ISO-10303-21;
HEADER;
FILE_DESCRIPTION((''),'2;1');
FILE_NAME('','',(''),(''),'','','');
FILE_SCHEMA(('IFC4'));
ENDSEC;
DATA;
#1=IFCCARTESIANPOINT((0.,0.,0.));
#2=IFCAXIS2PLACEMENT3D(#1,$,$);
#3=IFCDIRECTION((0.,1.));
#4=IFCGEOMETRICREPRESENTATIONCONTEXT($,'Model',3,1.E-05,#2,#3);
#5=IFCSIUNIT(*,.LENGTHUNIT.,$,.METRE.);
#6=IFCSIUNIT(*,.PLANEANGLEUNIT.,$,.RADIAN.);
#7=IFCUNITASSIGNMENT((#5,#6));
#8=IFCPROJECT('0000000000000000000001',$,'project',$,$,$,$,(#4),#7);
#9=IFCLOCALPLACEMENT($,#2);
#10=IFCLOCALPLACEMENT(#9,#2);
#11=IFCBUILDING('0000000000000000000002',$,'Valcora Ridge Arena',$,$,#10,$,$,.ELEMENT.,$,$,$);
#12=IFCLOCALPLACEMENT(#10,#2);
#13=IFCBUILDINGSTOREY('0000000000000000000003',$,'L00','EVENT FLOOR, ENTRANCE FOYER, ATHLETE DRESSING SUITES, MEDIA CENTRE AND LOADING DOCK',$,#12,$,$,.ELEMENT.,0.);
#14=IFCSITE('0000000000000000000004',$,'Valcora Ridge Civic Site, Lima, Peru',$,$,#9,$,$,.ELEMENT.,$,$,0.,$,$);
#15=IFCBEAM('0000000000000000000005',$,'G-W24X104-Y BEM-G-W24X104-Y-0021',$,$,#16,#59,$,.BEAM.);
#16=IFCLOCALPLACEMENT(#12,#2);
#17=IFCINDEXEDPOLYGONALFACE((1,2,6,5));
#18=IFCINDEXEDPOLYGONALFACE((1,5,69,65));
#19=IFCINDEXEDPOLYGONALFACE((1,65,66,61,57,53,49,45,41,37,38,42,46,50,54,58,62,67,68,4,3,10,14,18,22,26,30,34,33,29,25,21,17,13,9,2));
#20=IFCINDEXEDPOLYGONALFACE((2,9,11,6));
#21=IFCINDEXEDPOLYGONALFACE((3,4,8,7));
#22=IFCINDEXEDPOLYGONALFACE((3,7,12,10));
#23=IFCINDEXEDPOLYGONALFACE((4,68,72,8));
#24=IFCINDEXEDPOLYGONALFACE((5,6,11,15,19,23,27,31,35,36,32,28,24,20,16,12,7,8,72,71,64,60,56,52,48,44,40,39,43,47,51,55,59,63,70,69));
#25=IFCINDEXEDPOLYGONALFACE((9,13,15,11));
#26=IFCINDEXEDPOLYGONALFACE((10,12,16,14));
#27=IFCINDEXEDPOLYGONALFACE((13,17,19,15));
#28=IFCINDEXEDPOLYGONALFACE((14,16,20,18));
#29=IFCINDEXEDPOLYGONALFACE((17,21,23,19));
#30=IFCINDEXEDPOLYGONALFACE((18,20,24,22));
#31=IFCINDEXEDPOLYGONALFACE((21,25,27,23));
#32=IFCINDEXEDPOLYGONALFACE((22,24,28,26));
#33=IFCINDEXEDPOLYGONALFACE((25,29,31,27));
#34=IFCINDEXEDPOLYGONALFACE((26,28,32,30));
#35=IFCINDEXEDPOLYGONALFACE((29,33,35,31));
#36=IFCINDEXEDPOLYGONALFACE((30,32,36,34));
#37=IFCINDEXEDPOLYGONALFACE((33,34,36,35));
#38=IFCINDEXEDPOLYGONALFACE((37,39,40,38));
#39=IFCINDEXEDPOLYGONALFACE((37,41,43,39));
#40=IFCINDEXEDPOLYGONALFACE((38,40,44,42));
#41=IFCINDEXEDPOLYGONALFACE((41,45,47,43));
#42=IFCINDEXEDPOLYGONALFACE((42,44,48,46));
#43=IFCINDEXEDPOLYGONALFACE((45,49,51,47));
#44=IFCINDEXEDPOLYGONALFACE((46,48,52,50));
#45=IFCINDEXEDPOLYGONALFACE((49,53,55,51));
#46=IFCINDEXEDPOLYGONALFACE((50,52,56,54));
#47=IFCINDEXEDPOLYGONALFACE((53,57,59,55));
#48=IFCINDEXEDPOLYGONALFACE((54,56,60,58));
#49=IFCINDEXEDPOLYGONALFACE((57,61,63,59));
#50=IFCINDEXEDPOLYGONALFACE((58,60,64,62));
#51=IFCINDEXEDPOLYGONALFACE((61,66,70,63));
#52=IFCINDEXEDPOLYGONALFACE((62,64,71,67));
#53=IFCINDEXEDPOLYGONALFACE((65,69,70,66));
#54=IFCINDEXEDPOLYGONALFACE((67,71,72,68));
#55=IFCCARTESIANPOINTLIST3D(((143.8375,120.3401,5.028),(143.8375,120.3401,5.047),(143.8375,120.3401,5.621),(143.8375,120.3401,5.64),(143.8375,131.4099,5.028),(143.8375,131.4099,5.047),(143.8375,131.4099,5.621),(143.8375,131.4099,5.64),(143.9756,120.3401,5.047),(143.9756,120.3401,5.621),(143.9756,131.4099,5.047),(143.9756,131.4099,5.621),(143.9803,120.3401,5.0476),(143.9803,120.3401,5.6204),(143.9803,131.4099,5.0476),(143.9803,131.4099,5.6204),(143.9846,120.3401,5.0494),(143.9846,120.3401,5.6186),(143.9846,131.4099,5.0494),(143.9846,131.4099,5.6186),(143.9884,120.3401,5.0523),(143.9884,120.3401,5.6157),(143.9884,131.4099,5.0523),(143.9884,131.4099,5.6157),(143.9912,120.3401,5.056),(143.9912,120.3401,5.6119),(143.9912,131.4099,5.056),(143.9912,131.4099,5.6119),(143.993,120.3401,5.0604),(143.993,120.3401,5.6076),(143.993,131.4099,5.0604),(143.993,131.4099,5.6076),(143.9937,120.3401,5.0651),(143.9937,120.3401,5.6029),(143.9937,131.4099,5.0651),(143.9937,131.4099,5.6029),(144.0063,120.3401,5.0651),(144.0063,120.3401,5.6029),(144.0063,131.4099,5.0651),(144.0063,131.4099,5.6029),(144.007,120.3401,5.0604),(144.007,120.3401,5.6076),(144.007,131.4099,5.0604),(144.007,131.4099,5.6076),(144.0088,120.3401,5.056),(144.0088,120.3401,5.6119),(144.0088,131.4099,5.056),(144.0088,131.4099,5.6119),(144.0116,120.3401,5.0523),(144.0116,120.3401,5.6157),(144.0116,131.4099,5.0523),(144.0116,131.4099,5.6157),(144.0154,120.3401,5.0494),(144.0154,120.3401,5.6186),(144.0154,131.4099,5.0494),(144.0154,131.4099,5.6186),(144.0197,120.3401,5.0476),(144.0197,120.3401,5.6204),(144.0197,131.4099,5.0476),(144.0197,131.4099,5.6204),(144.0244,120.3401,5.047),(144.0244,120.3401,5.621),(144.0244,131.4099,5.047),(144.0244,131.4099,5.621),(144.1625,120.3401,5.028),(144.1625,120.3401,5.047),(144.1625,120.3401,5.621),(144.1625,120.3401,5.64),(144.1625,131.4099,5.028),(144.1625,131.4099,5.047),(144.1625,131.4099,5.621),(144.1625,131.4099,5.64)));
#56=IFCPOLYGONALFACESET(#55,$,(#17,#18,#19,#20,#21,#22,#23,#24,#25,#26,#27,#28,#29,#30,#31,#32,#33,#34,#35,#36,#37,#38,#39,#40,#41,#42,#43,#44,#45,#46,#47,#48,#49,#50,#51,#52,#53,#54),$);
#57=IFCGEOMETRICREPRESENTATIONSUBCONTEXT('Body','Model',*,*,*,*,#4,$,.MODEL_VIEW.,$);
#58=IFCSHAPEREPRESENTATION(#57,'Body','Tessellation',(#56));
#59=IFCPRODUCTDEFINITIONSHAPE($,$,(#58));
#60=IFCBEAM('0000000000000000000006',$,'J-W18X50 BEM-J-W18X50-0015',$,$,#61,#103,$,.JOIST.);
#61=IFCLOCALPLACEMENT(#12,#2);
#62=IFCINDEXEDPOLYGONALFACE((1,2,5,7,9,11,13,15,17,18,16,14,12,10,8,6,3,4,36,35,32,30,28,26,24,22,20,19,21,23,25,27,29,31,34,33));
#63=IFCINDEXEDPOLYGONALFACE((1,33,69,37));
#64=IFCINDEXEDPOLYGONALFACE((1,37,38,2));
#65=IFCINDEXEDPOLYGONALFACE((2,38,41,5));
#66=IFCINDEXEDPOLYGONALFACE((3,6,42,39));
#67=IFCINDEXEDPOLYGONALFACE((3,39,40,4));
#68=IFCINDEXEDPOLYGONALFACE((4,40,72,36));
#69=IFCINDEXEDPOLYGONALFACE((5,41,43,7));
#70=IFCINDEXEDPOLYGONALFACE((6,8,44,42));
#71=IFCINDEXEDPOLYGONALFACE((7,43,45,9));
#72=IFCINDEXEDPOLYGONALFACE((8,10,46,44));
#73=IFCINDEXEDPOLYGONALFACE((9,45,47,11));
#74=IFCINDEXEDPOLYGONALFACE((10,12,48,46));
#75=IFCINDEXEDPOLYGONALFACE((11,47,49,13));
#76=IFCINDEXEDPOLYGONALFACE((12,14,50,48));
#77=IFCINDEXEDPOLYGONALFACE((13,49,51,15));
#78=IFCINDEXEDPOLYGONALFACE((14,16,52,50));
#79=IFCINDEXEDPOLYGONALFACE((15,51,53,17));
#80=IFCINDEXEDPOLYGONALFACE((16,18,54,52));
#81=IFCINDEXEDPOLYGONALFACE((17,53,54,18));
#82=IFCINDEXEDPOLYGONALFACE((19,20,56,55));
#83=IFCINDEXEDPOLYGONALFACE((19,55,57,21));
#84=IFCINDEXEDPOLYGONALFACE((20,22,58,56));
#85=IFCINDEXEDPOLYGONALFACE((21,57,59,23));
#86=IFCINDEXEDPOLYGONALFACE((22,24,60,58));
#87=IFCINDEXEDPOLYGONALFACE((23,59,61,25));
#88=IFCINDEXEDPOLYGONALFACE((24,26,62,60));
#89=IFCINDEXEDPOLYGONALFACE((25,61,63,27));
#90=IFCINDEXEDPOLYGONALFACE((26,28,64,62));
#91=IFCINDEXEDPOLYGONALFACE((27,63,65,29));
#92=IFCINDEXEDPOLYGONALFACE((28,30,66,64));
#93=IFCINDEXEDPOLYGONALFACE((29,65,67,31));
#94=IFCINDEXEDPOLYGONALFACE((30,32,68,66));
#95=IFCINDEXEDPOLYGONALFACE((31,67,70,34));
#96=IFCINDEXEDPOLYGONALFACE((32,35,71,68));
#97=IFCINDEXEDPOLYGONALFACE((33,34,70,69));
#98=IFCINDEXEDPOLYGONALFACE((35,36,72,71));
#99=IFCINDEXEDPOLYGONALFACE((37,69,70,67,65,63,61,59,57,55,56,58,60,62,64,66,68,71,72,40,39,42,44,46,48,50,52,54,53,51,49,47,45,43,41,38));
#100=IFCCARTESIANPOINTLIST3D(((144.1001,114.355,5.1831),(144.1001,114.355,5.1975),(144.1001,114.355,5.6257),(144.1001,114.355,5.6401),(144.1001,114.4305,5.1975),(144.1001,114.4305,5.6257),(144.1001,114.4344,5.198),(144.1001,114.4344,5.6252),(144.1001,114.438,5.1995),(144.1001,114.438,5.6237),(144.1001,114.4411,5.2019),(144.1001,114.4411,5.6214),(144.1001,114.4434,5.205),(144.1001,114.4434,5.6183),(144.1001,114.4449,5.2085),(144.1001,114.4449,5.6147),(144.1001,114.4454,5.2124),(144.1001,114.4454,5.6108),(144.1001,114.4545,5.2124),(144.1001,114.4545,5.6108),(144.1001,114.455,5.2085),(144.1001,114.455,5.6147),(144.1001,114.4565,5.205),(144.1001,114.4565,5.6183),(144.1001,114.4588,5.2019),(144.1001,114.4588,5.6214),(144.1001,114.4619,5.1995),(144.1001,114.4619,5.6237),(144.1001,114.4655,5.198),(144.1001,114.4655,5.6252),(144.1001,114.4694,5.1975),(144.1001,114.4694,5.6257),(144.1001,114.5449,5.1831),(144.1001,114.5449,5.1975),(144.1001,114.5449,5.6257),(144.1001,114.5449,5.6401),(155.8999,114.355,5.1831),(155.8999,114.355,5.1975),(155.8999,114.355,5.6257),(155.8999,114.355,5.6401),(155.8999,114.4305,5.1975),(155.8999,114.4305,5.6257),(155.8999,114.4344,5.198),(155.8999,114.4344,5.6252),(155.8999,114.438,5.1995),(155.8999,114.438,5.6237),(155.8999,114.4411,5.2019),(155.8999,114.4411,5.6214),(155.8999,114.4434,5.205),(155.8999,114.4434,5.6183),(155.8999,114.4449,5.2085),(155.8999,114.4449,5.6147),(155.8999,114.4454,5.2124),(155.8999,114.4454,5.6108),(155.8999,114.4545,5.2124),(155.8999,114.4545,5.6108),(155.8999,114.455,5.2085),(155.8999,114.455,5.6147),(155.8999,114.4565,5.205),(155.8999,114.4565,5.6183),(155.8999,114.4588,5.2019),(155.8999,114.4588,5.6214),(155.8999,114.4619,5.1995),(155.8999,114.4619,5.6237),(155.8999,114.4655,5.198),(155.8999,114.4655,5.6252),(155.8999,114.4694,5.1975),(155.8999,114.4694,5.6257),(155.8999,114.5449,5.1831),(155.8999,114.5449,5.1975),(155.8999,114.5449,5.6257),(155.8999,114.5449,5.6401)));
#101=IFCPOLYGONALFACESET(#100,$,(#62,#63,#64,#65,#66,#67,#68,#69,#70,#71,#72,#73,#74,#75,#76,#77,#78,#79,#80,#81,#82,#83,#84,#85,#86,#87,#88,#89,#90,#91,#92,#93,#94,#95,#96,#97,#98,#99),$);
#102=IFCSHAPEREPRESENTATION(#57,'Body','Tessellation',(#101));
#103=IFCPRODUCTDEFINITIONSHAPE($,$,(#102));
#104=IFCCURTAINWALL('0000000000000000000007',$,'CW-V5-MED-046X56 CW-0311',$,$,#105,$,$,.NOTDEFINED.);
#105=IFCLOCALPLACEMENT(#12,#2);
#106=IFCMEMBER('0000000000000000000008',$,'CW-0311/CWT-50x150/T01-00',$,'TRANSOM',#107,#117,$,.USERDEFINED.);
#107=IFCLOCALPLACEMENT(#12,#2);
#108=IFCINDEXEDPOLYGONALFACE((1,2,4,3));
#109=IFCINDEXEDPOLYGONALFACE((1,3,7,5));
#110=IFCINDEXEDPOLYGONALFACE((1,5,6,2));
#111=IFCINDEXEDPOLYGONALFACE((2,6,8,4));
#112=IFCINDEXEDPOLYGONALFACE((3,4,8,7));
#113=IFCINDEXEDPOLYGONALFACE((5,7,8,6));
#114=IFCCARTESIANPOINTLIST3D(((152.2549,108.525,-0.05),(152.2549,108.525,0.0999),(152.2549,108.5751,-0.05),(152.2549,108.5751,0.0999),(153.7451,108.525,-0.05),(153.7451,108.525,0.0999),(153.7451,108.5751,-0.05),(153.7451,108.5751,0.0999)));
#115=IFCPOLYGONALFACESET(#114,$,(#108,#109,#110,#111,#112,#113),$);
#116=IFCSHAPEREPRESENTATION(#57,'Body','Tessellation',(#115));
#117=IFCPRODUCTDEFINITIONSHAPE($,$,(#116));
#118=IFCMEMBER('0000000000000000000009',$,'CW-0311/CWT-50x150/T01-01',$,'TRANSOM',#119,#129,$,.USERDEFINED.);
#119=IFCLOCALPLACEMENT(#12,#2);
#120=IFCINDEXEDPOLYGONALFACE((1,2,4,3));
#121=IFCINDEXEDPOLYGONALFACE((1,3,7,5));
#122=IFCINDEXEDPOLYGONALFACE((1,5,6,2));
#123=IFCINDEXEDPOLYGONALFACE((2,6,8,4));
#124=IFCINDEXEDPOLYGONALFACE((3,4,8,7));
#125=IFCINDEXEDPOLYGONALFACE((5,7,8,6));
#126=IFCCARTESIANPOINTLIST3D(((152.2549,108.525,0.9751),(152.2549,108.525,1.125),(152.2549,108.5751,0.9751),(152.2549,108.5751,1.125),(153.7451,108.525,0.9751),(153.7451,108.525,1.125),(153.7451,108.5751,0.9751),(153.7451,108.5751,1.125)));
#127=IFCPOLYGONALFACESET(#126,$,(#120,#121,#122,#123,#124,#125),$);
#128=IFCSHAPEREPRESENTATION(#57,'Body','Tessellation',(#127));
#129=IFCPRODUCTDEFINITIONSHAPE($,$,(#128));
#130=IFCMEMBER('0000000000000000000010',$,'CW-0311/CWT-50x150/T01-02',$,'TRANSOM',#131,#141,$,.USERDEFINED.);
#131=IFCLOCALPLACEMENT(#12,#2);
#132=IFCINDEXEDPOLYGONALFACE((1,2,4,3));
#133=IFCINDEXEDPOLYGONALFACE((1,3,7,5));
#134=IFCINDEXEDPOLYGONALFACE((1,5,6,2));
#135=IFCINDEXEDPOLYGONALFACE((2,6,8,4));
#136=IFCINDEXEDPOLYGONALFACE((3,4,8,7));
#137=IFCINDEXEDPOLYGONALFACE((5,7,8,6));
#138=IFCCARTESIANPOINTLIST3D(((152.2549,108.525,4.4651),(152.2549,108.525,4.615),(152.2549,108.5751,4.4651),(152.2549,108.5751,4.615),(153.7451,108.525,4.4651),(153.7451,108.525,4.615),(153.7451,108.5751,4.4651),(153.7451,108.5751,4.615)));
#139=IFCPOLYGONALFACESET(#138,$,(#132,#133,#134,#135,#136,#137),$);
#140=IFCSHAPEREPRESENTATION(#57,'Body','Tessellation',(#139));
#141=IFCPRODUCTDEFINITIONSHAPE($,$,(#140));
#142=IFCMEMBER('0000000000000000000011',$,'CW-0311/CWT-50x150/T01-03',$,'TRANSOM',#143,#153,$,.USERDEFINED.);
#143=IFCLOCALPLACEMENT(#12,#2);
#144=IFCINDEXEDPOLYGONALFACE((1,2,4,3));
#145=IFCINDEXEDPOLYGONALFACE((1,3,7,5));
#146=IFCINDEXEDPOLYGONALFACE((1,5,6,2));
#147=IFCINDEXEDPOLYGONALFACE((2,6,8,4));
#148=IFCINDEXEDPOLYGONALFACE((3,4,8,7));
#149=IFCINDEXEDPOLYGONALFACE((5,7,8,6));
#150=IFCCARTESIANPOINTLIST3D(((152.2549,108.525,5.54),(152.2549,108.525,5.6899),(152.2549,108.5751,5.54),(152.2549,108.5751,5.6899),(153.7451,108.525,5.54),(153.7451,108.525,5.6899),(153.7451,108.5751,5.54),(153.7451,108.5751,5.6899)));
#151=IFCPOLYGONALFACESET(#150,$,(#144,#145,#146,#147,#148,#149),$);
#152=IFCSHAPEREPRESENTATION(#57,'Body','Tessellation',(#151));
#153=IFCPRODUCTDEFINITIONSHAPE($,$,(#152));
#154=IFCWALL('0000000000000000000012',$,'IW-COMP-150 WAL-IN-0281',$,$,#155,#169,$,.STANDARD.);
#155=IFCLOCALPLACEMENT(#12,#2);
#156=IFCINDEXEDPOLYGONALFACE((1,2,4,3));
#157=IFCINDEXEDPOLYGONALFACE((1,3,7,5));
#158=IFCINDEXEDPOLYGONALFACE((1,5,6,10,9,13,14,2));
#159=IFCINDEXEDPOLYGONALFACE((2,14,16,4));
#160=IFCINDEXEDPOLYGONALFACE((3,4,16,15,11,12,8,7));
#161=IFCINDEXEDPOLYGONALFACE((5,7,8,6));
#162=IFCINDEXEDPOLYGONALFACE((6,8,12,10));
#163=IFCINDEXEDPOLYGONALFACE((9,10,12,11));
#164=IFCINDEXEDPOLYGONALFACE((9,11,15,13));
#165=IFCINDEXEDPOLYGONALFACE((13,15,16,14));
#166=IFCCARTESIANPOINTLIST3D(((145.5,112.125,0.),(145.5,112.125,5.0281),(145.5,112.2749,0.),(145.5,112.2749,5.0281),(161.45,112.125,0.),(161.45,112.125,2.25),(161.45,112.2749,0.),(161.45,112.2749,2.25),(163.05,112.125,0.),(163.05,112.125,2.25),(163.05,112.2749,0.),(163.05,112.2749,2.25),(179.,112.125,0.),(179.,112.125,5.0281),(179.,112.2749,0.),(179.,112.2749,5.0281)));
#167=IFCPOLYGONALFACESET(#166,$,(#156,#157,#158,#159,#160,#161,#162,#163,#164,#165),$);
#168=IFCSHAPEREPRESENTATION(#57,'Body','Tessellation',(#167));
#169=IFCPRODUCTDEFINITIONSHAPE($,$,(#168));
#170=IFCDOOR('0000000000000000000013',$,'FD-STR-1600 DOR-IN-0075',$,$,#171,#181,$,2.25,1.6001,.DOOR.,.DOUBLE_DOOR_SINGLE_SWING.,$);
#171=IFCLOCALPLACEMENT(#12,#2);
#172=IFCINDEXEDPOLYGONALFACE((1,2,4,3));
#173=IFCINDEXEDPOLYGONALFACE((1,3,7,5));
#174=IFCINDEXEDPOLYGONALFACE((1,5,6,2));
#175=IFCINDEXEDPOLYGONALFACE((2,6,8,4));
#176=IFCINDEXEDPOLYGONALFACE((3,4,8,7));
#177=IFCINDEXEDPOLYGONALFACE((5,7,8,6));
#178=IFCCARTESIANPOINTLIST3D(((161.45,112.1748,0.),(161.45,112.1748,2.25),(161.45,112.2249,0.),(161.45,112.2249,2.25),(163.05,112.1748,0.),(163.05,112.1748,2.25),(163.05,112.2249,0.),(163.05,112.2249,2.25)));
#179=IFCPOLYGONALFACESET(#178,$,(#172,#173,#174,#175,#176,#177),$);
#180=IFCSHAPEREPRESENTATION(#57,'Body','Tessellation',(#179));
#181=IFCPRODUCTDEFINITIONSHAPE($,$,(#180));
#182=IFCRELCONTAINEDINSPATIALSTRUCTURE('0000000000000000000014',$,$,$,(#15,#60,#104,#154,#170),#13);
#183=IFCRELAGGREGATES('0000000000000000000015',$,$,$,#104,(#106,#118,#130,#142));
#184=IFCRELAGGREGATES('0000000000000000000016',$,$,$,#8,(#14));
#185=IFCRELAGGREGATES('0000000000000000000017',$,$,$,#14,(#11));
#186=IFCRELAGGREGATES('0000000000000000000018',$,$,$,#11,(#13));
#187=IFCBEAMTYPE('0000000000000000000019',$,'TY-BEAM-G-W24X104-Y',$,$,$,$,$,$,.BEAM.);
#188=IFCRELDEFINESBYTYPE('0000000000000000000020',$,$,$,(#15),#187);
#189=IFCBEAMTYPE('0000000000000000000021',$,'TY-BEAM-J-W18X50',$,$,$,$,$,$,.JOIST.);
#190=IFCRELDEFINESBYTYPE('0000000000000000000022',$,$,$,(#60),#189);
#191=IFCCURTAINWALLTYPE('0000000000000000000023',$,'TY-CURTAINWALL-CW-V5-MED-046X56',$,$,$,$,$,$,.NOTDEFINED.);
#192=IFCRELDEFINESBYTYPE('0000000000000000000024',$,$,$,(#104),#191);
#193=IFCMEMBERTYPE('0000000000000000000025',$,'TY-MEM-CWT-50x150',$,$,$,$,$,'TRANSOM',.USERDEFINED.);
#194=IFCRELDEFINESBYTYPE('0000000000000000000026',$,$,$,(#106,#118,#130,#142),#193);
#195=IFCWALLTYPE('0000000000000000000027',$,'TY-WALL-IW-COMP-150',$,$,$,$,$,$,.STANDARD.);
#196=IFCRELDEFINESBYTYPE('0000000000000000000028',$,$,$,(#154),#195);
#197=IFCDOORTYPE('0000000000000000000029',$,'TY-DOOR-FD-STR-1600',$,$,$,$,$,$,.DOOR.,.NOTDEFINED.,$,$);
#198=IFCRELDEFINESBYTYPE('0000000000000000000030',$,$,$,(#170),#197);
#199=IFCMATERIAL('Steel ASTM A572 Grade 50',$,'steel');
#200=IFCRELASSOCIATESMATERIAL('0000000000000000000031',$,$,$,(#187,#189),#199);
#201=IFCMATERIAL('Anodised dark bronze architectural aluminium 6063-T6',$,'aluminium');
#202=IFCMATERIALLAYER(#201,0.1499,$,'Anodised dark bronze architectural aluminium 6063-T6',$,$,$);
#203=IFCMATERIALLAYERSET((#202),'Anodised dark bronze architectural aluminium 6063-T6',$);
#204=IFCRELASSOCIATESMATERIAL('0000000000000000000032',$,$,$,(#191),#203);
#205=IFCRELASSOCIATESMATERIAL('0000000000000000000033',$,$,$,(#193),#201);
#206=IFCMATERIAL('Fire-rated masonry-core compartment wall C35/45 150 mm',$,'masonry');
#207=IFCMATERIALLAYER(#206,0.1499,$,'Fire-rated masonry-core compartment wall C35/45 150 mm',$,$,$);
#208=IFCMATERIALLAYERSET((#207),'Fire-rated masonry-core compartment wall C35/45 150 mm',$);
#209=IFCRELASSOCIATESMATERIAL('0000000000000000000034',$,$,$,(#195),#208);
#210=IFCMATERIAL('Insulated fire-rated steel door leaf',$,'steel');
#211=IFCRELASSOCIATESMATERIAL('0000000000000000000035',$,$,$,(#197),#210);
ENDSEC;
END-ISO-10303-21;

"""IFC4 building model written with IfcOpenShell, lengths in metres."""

from ifc_helpers import new_model, si_unit, direction, frame, frame_2d, origin, origin_2d, place, context, subcontext, project, spatial, rectangle, i_section, extrude, material, layer, layer_set, material_profile, profile_set, type_object, element, fill, aggregate, save


model = new_model("IFC4")

# Units and contexts
model_context = context("Model", 3, precision=1e-05, world=origin(), true_north=direction((0.0, 1.0)))
body_context = subcontext(model_context, "Body", "Model", "MODEL_VIEW")
ifc_project = project(units=[si_unit("LENGTHUNIT", "METRE"), si_unit("PLANEANGLEUNIT", "RADIAN")], contexts=[model_context])

# Site, building, storey
site_placement = place(None, origin())
site = spatial("IfcSite", under=ifc_project, at=site_placement, Name="Valcora Ridge Civic Site, Lima, Peru", CompositionType="ELEMENT", RefElevation=0.0)
building_placement = place(site_placement, origin())
building = spatial("IfcBuilding", under=site, at=building_placement, Name="Valcora Ridge Arena", CompositionType="ELEMENT")
storey_placement = place(building_placement, origin())
storey = spatial("IfcBuildingStorey", under=building, at=storey_placement, Name="L00", Description="EVENT FLOOR, ENTRANCE FOYER, ATHLETE DRESSING SUITES, MEDIA CENTRE AND LOADING DOCK", CompositionType="ELEMENT", Elevation=0.0)

# Beams
ifc_material_1 = material(Name="Steel ASTM A572 Grade 50", Category="steel")
ifc_material_profile_1 = material_profile(ifc_material_1, i_section(OverallWidth=0.325, OverallDepth=0.6121, WebThickness=0.0127, FlangeThickness=0.019, FilletRadius=0.0181, at=origin_2d()), Name="W24X104")
ifc_profile_set_1 = profile_set([ifc_material_profile_1], Name="Steel ASTM A572 Grade 50")
beam_type_1 = type_object("IfcBeamType", Name="TY-BEAM-G-W24X104-Y", PredefinedType="BEAM", material=ifc_profile_set_1)
beam_1_placement = place(storey_placement, frame((144.0, 120.3401, 5.334), z_axis=(0.0, 1.0, 0.0), x_axis=(-1.0, 0.0, 0.0)))
element("IfcBeam", 1, at=beam_1_placement, inside=storey, type_object=beam_type_1, Name="G-W24X104-Y BEM-G-W24X104-Y-0021", PredefinedType="BEAM", context=body_context, shape_type="SweptSolid", body=[
    extrude(i_section(OverallWidth=0.325, OverallDepth=0.6121, WebThickness=0.0127, FlangeThickness=0.019, FilletRadius=0.0181, at=origin_2d()), origin(), (0.0, 0.0, 1.0), 11.0698),
])
ifc_material_profile_2 = material_profile(ifc_material_1, i_section(OverallWidth=0.1899, OverallDepth=0.457, WebThickness=0.009, FlangeThickness=0.0144, FilletRadius=0.0149, at=origin_2d()), Name="W18X50")
ifc_profile_set_2 = profile_set([ifc_material_profile_2], Name="Steel ASTM A572 Grade 50")
beam_type_2 = type_object("IfcBeamType", Name="TY-BEAM-J-W18X50", PredefinedType="JOIST", material=ifc_profile_set_2)
beam_2_placement = place(storey_placement, frame((144.1001, 114.45, 5.4116), z_axis=(1.0, 0.0, 0.0), x_axis=(0.0, 1.0, 0.0)))
element("IfcBeam", 2, at=beam_2_placement, inside=storey, type_object=beam_type_2, Name="J-W18X50 BEM-J-W18X50-0015", PredefinedType="JOIST", context=body_context, shape_type="SweptSolid", body=[
    extrude(i_section(OverallWidth=0.1899, OverallDepth=0.457, WebThickness=0.009, FlangeThickness=0.0144, FilletRadius=0.0149, at=origin_2d()), origin(), (0.0, 0.0, 1.0), 11.7998),
])

# Curtain wall, members
ifc_material_2 = material(Name="Anodised dark bronze architectural aluminium 6063-T6", Category="aluminium")
ifc_layer_1 = layer(ifc_material_2, 0.1499, Name="Anodised dark bronze architectural aluminium 6063-T6")
ifc_layer_set_1 = layer_set([ifc_layer_1], Name="Anodised dark bronze architectural aluminium 6063-T6")
curtain_wall_type = type_object("IfcCurtainWallType", Name="TY-CURTAINWALL-CW-V5-MED-046X56", PredefinedType="NOTDEFINED", material=ifc_layer_set_1)
curtain_wall_placement = place(storey_placement, origin())
curtain_wall = element("IfcCurtainWall", 3, at=curtain_wall_placement, inside=storey, type_object=curtain_wall_type, Name="CW-V5-MED-046X56 CW-0311", PredefinedType="NOTDEFINED")
ifc_material_profile_3 = material_profile(ifc_material_2, rectangle(XDim=0.05, YDim=0.1499, at=origin_2d()), Name="ALU TRANSOM 50x150")
ifc_profile_set_3 = profile_set([ifc_material_profile_3], Name="Anodised dark bronze architectural aluminium 6063-T6")
member_type = type_object("IfcMemberType", Name="TY-MEM-CWT-50x150", ElementType="TRANSOM", PredefinedType="USERDEFINED", material=ifc_profile_set_3)
member_1_placement = place(storey_placement, frame((152.2549, 108.55, 0.0249), z_axis=(1.0, 0.0, 0.0), x_axis=(0.0, 1.0, 0.0)))
member_1 = element("IfcMember", 4, at=member_1_placement, type_object=member_type, Name="CW-0311/CWT-50x150/T01-00", ObjectType="TRANSOM", PredefinedType="USERDEFINED", context=body_context, shape_type="SweptSolid", body=[
    extrude(rectangle(XDim=0.05, YDim=0.1499, at=origin_2d()), origin(), (0.0, 0.0, 1.0), 1.4902),
])
member_2_placement = place(storey_placement, frame((152.2549, 108.55, 1.05), z_axis=(1.0, 0.0, 0.0), x_axis=(0.0, 1.0, 0.0)))
member_2 = element("IfcMember", 5, at=member_2_placement, type_object=member_type, Name="CW-0311/CWT-50x150/T01-01", ObjectType="TRANSOM", PredefinedType="USERDEFINED", context=body_context, shape_type="SweptSolid", body=[
    extrude(rectangle(XDim=0.05, YDim=0.1499, at=origin_2d()), origin(), (0.0, 0.0, 1.0), 1.4902),
])
member_3_placement = place(storey_placement, frame((152.2549, 108.55, 4.54), z_axis=(1.0, 0.0, 0.0), x_axis=(0.0, 1.0, 0.0)))
member_3 = element("IfcMember", 6, at=member_3_placement, type_object=member_type, Name="CW-0311/CWT-50x150/T01-02", ObjectType="TRANSOM", PredefinedType="USERDEFINED", context=body_context, shape_type="SweptSolid", body=[
    extrude(rectangle(XDim=0.05, YDim=0.1499, at=origin_2d()), origin(), (0.0, 0.0, 1.0), 1.4902),
])
member_4_placement = place(storey_placement, frame((152.2549, 108.55, 5.615), z_axis=(1.0, 0.0, 0.0), x_axis=(0.0, 1.0, 0.0)))
member_4 = element("IfcMember", 7, at=member_4_placement, type_object=member_type, Name="CW-0311/CWT-50x150/T01-03", ObjectType="TRANSOM", PredefinedType="USERDEFINED", context=body_context, shape_type="SweptSolid", body=[
    extrude(rectangle(XDim=0.05, YDim=0.1499, at=origin_2d()), origin(), (0.0, 0.0, 1.0), 1.4902),
])
aggregate(curtain_wall, [member_1, member_2, member_3, member_4])

# Wall, opening, door
ifc_material_3 = material(Name="Fire-rated masonry-core compartment wall C35/45 150 mm", Category="masonry")
ifc_layer_2 = layer(ifc_material_3, 0.1499, Name="Fire-rated masonry-core compartment wall C35/45 150 mm")
ifc_layer_set_2 = layer_set([ifc_layer_2], Name="Fire-rated masonry-core compartment wall C35/45 150 mm")
wall_type_1 = type_object("IfcWallType", Name="TY-WALL-IW-COMP-150", PredefinedType="STANDARD", material=ifc_layer_set_2)
wall_1_placement = place(storey_placement, frame((145.5, 112.2, 0.0), z_axis=(0.0, 0.0, 1.0), x_axis=(1.0, 0.0, 0.0)))
wall_1 = element("IfcWall", 8, at=wall_1_placement, inside=storey, type_object=wall_type_1, Name="IW-COMP-150 WAL-IN-0281", PredefinedType="STANDARD", context=body_context, shape_type="SweptSolid", body=[
    extrude(rectangle(XDim=33.5, YDim=0.1499, at=frame_2d((16.75, 0.0))), origin(), (0.0, 0.0, 1.0), 5.0281),
])
opening_1_placement = place(wall_1_placement, frame((15.95, 0.0, 0.0)))
opening_1 = element("IfcOpeningElement", 9, at=opening_1_placement, cuts=wall_1, PredefinedType="OPENING", context=body_context, shape_type="SweptSolid", body=[
    extrude(rectangle(XDim=1.6001, YDim=2.25, at=frame_2d((0.8, 1.125))), frame((0.0, 0.085, 0.0), z_axis=(0.0, -1.0, 0.0), x_axis=(1.0, 0.0, 0.0)), (0.0, 0.0, 1.0), 0.1699),
])
ifc_material_4 = material(Name="Insulated fire-rated steel door leaf", Category="steel")
door_type_1 = type_object("IfcDoorType", Name="TY-DOOR-FD-STR-1600", OperationType="NOTDEFINED", PredefinedType="DOOR", material=ifc_material_4)
door_1_placement = place(opening_1_placement, origin())
door_1 = element("IfcDoor", 10, at=door_1_placement, inside=storey, type_object=door_type_1, Name="FD-STR-1600 DOR-IN-0075", OperationType="DOUBLE_DOOR_SINGLE_SWING", OverallHeight=2.25, OverallWidth=1.6001, PredefinedType="DOOR", context=body_context, shape_type="SweptSolid", body=[
    extrude(rectangle(XDim=1.6001, YDim=2.25, at=frame_2d((0.8, 1.125))), frame((0.0, 0.0249, 0.0), z_axis=(0.0, -1.0, 0.0), x_axis=(1.0, 0.0, 0.0)), (0.0, 0.0, 1.0), 0.05),
])
fill(opening_1, door_1)

save(model, "model.ifc")
